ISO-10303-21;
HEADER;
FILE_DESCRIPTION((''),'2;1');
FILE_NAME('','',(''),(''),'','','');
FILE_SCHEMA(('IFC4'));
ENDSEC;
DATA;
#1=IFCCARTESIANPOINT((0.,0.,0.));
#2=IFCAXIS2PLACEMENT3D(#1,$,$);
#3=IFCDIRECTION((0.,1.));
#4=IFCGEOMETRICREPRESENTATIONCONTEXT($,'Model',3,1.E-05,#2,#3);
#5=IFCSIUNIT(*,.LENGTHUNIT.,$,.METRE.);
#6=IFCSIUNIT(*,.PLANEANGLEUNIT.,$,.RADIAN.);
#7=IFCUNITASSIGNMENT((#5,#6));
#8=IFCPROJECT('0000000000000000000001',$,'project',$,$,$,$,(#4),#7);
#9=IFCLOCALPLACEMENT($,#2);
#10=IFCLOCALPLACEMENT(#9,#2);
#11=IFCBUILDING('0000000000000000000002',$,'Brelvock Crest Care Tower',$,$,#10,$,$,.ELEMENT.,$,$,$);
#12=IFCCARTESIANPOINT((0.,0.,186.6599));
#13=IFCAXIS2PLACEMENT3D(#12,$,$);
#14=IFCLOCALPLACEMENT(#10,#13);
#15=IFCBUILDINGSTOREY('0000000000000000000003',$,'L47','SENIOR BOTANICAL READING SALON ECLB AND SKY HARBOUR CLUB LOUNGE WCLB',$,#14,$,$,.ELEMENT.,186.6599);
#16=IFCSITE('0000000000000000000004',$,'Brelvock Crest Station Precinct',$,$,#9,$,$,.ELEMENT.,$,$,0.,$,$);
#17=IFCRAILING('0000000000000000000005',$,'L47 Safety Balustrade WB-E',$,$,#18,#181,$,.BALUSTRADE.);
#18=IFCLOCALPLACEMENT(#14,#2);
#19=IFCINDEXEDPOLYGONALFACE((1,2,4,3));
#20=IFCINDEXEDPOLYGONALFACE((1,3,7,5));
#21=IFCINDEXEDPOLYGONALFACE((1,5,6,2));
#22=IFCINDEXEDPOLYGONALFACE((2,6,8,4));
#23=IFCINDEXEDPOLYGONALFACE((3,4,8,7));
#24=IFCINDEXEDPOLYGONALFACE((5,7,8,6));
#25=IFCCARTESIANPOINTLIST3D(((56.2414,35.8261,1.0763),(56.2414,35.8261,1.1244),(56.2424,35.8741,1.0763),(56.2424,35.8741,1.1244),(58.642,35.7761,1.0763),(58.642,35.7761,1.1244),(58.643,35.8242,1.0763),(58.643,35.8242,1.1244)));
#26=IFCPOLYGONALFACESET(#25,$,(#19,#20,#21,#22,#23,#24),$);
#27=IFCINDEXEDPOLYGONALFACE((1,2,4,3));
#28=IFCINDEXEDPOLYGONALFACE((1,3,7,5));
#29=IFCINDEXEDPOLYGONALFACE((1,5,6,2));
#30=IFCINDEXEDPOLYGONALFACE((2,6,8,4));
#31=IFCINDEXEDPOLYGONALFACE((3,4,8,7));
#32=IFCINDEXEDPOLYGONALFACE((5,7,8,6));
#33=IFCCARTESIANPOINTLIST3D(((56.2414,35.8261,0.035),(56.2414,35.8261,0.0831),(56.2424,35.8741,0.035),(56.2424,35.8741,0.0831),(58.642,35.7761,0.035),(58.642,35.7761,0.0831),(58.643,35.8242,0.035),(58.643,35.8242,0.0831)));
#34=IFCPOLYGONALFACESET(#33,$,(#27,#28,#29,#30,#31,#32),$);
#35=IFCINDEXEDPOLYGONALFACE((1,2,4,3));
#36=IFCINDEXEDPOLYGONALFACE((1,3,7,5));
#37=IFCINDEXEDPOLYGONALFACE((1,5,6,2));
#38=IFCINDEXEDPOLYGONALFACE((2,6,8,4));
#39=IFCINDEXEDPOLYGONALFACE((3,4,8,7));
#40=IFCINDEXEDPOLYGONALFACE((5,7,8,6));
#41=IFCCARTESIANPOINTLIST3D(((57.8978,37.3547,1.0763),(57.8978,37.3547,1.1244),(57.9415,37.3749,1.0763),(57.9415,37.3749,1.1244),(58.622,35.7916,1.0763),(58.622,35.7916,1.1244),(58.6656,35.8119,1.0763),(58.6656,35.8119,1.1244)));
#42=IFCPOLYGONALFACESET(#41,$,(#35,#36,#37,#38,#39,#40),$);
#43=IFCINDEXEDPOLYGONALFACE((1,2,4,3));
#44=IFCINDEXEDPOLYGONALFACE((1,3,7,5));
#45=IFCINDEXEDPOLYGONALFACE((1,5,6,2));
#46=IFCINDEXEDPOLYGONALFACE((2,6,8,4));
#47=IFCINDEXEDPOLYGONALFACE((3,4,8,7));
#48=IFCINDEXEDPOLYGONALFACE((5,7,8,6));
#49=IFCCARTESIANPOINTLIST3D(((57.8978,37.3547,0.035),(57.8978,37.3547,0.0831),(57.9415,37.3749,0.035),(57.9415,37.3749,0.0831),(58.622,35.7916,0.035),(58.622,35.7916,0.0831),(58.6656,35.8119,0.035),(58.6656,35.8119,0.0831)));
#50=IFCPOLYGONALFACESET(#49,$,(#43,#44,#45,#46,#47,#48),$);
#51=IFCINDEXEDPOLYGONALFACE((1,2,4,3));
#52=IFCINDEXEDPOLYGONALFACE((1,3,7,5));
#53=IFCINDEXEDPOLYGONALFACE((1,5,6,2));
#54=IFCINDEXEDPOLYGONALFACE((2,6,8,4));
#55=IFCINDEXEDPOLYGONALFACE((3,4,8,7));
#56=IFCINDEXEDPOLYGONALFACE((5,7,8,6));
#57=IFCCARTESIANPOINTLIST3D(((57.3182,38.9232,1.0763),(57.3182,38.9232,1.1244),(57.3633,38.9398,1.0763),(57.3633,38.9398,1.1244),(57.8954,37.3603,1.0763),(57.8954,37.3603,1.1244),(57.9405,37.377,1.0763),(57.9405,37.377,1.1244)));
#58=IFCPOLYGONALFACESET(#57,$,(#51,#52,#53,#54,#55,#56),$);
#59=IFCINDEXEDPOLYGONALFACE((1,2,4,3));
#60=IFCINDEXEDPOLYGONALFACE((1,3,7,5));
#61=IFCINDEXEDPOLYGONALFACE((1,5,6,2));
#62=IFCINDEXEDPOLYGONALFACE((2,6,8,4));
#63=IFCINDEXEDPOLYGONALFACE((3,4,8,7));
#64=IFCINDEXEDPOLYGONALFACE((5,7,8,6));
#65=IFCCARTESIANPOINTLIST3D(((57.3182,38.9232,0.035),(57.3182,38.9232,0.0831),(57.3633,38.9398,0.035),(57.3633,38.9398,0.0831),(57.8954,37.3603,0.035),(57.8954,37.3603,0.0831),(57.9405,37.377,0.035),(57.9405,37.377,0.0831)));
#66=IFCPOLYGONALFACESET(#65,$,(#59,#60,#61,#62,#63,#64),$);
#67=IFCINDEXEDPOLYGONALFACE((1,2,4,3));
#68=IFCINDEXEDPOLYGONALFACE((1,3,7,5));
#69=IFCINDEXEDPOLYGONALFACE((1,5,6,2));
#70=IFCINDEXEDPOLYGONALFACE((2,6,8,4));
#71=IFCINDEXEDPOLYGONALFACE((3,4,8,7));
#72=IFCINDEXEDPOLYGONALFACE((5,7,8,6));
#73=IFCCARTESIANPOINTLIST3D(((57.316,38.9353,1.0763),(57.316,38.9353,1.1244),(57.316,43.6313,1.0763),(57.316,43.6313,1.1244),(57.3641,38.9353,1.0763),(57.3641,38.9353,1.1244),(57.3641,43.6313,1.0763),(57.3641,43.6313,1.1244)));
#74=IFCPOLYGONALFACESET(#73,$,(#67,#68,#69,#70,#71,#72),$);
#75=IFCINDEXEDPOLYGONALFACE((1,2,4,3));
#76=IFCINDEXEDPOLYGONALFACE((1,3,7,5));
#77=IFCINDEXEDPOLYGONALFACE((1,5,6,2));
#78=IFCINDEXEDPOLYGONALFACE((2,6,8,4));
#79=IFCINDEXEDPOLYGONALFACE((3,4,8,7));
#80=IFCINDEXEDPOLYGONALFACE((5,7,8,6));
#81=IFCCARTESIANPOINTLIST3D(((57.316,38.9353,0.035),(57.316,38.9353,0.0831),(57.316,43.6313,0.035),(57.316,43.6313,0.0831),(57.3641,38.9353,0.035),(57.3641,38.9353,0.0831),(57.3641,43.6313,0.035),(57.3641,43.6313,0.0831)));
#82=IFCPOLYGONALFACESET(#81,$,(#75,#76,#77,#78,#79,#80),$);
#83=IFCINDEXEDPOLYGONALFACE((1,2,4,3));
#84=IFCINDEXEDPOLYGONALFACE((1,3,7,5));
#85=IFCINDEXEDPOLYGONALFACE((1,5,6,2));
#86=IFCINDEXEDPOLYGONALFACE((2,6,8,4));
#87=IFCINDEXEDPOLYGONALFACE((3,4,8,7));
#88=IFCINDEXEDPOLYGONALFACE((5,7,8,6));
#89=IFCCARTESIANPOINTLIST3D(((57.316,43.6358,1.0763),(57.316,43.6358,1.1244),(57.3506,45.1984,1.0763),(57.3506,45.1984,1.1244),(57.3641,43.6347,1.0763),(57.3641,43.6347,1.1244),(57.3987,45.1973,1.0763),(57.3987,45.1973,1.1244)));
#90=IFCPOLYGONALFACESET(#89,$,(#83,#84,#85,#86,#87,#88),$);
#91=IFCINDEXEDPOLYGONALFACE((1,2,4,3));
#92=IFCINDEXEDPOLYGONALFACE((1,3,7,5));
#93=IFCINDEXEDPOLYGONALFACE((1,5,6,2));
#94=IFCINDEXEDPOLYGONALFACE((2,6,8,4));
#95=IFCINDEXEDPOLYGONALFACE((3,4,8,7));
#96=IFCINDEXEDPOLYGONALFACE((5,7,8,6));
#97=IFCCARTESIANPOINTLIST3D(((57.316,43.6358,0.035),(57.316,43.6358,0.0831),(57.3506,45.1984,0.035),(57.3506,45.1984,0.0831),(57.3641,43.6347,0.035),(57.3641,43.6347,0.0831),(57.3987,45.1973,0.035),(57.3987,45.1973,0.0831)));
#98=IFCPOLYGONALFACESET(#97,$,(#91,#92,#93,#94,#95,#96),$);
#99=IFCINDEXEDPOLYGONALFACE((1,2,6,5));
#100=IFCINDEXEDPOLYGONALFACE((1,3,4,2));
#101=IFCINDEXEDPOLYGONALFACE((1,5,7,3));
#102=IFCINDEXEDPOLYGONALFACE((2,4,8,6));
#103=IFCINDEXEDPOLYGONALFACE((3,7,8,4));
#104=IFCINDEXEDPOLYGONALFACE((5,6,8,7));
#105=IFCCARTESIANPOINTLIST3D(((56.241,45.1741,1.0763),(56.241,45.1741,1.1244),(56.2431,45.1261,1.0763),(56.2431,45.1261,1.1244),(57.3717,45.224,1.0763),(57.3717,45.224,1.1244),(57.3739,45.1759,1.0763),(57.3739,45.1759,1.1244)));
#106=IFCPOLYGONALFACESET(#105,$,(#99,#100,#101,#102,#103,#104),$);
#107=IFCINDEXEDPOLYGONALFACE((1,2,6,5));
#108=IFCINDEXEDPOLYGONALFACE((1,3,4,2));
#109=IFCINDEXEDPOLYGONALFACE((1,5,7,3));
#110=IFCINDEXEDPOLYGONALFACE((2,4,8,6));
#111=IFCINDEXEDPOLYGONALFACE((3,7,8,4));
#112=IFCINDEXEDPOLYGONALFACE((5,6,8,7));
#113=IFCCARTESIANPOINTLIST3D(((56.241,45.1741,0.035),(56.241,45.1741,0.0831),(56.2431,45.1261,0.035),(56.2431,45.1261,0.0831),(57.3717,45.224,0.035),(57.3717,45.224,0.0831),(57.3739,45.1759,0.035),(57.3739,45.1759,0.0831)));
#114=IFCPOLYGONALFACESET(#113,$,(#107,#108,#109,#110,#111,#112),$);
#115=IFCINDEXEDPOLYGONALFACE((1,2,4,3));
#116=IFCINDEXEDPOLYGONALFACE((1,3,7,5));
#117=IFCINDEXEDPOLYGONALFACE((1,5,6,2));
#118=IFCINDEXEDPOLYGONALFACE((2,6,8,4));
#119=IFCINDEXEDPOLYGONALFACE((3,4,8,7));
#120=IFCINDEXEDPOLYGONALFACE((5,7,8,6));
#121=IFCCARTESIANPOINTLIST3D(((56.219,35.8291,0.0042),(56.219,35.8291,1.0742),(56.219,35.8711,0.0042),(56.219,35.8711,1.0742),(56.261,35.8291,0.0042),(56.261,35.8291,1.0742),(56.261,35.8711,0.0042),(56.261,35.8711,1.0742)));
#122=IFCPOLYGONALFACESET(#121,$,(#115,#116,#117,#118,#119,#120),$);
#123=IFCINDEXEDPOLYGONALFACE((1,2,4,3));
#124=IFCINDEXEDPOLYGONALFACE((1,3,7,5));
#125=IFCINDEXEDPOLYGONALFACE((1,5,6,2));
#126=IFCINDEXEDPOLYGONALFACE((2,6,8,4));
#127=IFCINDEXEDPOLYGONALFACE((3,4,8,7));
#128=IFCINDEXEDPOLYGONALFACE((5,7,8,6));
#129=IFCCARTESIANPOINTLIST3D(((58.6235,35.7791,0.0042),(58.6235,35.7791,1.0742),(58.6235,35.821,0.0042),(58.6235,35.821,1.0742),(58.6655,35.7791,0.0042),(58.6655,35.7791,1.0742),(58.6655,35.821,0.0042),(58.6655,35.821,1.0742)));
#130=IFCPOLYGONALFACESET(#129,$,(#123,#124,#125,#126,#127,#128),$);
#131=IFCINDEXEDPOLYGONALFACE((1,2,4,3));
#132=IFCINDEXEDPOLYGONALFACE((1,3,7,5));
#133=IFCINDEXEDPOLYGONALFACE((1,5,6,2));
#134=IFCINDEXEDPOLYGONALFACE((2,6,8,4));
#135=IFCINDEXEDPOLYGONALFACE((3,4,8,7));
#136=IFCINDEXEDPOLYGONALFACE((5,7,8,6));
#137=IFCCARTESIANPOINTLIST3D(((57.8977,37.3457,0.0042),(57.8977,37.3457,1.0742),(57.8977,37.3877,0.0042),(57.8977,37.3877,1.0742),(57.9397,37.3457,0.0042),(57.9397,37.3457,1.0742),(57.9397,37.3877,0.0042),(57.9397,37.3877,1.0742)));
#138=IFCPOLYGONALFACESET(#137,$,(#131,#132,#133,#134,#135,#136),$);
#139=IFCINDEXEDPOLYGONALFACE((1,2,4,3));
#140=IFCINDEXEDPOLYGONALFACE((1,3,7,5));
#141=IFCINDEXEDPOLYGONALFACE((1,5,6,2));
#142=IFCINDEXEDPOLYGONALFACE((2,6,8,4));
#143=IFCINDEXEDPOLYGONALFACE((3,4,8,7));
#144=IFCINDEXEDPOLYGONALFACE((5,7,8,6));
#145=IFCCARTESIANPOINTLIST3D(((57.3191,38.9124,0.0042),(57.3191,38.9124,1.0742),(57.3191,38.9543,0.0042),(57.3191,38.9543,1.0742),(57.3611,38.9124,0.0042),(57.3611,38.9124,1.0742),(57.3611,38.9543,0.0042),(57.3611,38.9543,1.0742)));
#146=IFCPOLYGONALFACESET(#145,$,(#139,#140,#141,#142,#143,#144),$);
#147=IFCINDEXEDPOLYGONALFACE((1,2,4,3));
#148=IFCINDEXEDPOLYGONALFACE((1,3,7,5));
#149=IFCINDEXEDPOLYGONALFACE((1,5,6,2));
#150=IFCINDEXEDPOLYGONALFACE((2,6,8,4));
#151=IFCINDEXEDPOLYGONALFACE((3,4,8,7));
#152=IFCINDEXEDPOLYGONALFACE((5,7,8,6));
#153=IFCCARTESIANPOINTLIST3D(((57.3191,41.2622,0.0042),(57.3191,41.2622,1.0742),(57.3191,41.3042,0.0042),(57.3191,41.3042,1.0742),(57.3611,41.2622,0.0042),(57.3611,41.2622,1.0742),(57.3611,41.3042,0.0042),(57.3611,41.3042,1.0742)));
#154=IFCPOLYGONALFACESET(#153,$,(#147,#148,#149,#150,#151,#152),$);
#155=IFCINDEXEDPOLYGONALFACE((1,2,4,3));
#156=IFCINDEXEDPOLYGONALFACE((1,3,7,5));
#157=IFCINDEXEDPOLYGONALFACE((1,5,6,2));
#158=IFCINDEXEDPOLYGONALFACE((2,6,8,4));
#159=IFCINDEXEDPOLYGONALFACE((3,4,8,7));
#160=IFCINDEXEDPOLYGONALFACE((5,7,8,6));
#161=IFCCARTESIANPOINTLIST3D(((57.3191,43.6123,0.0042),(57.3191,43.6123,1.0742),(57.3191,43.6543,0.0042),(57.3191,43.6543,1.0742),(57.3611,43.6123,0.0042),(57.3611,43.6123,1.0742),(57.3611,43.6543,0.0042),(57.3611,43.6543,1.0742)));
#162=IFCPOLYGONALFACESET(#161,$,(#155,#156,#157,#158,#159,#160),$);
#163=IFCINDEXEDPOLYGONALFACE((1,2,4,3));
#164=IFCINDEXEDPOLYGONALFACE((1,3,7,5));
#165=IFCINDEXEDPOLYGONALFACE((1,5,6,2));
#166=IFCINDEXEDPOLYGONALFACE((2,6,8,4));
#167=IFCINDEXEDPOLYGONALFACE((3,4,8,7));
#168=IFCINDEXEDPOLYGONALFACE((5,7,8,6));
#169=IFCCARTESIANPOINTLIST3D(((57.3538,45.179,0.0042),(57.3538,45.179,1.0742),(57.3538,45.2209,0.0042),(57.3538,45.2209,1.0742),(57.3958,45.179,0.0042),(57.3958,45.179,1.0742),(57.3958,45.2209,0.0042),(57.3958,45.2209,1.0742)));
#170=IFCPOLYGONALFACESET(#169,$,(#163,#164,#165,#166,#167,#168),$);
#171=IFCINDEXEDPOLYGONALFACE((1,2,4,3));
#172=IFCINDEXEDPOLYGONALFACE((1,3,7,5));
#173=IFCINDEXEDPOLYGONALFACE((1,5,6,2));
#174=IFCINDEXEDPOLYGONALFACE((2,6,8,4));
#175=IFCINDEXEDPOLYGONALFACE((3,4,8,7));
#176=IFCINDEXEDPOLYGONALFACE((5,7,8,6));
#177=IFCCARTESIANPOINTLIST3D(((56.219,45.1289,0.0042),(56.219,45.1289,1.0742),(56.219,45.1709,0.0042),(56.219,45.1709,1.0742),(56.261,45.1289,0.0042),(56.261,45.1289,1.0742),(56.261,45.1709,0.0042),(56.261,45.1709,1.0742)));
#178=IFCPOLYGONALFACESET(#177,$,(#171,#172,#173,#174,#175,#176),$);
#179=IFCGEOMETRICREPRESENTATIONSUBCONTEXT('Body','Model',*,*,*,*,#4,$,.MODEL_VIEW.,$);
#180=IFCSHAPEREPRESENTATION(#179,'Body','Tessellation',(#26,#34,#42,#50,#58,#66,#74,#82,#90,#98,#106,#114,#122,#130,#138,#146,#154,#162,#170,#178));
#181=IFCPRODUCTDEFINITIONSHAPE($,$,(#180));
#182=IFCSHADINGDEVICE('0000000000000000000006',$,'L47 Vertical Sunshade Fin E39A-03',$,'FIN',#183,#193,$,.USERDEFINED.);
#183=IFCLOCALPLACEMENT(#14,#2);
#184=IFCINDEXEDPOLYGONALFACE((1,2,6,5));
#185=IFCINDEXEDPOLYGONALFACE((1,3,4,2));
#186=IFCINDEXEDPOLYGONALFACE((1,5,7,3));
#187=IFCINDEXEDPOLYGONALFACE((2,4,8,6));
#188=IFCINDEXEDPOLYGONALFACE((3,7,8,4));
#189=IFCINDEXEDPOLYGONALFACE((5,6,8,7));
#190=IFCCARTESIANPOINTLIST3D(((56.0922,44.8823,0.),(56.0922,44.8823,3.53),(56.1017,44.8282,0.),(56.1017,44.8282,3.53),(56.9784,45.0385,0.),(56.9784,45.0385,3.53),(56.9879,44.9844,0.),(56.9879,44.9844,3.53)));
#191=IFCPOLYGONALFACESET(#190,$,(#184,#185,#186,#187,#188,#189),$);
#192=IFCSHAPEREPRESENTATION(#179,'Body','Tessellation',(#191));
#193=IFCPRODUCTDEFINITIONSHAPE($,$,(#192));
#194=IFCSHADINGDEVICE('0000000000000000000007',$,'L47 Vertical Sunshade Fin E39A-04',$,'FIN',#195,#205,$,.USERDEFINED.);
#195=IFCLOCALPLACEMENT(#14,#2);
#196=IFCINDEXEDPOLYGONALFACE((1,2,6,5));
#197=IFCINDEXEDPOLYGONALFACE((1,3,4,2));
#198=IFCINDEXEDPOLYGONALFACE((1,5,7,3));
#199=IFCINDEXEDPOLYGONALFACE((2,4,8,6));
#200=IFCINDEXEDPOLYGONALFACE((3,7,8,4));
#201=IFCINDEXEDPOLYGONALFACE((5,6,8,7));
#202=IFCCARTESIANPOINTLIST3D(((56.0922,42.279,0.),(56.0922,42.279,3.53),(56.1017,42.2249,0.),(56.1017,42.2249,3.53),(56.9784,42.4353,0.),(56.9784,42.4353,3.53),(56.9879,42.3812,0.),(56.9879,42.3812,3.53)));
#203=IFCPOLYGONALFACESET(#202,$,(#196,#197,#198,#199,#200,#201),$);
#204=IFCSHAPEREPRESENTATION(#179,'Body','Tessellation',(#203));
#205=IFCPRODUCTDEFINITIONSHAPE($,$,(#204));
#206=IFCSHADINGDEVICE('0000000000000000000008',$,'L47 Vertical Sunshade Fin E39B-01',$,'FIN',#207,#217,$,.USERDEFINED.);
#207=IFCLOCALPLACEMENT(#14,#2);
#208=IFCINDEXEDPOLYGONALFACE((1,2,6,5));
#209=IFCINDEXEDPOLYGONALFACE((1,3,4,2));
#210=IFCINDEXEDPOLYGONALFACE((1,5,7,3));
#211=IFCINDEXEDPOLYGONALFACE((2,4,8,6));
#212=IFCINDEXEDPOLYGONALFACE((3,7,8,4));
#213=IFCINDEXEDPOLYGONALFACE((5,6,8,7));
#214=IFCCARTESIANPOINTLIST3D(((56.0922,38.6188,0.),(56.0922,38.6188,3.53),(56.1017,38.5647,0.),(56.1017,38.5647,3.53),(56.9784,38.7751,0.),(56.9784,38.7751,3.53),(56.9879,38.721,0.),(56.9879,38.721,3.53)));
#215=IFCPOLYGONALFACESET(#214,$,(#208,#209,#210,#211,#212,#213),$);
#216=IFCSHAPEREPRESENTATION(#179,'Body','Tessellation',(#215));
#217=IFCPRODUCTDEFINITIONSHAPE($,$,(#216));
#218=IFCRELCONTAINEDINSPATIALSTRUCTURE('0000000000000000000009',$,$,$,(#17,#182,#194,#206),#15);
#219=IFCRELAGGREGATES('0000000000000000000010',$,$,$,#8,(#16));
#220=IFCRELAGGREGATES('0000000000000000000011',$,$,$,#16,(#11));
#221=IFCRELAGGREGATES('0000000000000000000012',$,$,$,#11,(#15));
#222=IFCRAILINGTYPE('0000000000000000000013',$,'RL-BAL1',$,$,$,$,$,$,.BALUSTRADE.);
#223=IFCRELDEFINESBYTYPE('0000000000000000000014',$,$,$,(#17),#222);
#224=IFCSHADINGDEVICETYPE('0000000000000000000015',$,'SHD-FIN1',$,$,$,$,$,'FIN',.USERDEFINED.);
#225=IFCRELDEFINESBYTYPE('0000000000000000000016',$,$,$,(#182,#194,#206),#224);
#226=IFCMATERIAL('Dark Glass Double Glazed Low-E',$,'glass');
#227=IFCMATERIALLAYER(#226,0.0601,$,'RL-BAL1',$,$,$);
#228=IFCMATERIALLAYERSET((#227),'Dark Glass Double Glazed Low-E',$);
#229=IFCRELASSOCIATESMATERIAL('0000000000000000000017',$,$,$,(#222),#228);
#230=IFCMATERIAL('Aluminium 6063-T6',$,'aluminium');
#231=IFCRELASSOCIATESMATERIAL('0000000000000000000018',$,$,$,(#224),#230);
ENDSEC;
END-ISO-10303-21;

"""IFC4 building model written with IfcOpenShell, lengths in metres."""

from ifc_helpers import new_model, si_unit, direction, frame, origin, origin_2d, place, context, subcontext, project, spatial, rectangle, extrude, source, transform, mapped, material, layer, layer_set, material_profile, profile_set, type_object, element, save


model = new_model("IFC4")

# Units and contexts
model_context = context("Model", 3, precision=1e-05, world=origin(), true_north=direction((0.0, 1.0)))
body_context = subcontext(model_context, "Body", "Model", "MODEL_VIEW")
ifc_project = project(units=[si_unit("LENGTHUNIT", "METRE"), si_unit("PLANEANGLEUNIT", "RADIAN")], contexts=[model_context])

# Site, building, storey
site_placement = place(None, origin())
site = spatial("IfcSite", under=ifc_project, at=site_placement, Name="Brelvock Crest Station Precinct", CompositionType="ELEMENT", RefElevation=0.0)
building_placement = place(site_placement, origin())
building = spatial("IfcBuilding", under=site, at=building_placement, Name="Brelvock Crest Care Tower", CompositionType="ELEMENT")
storey_placement = place(building_placement, frame((0.0, 0.0, 186.6599)))
storey = spatial("IfcBuildingStorey", under=building, at=storey_placement, Name="L47", Description="SENIOR BOTANICAL READING SALON ECLB AND SKY HARBOUR CLUB LOUNGE WCLB", CompositionType="ELEMENT", Elevation=186.6599)

# Shared definitions
ifc_material_1 = material(Name="Dark Glass Double Glazed Low-E", Category="glass")
ifc_material_2 = material(Name="Aluminium 6063-T6", Category="aluminium")

# Railing
ifc_layer_1 = layer(ifc_material_1, 0.0601, Name="RL-BAL1")
ifc_layer_set_1 = layer_set([ifc_layer_1], Name="Dark Glass Double Glazed Low-E")
railing_type = type_object("IfcRailingType", Name="RL-BAL1", PredefinedType="BALUSTRADE", material=ifc_layer_set_1)
railing_placement = place(storey_placement, frame((56.24, 35.8501, 0.0042)))
element("IfcRailing", 1, at=railing_placement, inside=storey, type_object=railing_type, Name="L47 Safety Balustrade WB-E", PredefinedType="BALUSTRADE", context=body_context, shape_type="SweptSolid", body=[
    extrude(rectangle(XDim=0.0481, YDim=0.0481, at=origin_2d()), frame((0.002, 0.0, 1.0962), z_axis=(0.999783, -0.02081, 0.0), x_axis=(0.02081, 0.999783, 0.0)), (0.0, 0.0, 1.0), 2.4011),
    extrude(rectangle(XDim=0.0481, YDim=0.0481, at=origin_2d()), frame((0.002, 0.0, 0.0549), z_axis=(0.999783, -0.02081, 0.0), x_axis=(0.02081, 0.999783, 0.0)), (0.0, 0.0, 1.0), 2.4011),
    extrude(rectangle(XDim=0.0481, YDim=0.0481, at=origin_2d()), frame((2.4038, -0.0483, 1.0962), z_axis=(-0.420376, 0.90735, 0.0), x_axis=(-0.90735, -0.420376, 0.0)), (0.0, 0.0, 1.0), 1.7227),
    extrude(rectangle(XDim=0.0481, YDim=0.0481, at=origin_2d()), frame((2.4038, -0.0483, 0.0549), z_axis=(-0.420376, 0.90735, 0.0), x_axis=(-0.90735, -0.420376, 0.0)), (0.0, 0.0, 1.0), 1.7227),
    extrude(rectangle(XDim=0.0481, YDim=0.0481, at=origin_2d()), frame((1.678, 1.5186, 1.0962), z_axis=(-0.346457, 0.938066, 0.0), x_axis=(-0.938066, -0.346457, 0.0)), (0.0, 0.0, 1.0), 1.666),
    extrude(rectangle(XDim=0.0481, YDim=0.0481, at=origin_2d()), frame((1.678, 1.5186, 0.0549), z_axis=(-0.346457, 0.938066, 0.0), x_axis=(-0.938066, -0.346457, 0.0)), (0.0, 0.0, 1.0), 1.666),
    extrude(rectangle(XDim=0.0481, YDim=0.0481, at=origin_2d()), frame((1.1001, 3.0852, 1.0962), z_axis=(0.0, 1.0, 0.0), x_axis=(-1.0, 0.0, 0.0)), (0.0, 0.0, 1.0), 4.696),
    extrude(rectangle(XDim=0.0481, YDim=0.0481, at=origin_2d()), frame((1.1001, 3.0852, 0.0549), z_axis=(0.0, 1.0, 0.0), x_axis=(-1.0, 0.0, 0.0)), (0.0, 0.0, 1.0), 4.696),
    extrude(rectangle(XDim=0.0481, YDim=0.0481, at=origin_2d()), frame((1.1001, 7.7852, 1.0962), z_axis=(0.022123, 0.999755, 0.0), x_axis=(-0.999755, 0.022123, 0.0)), (0.0, 0.0, 1.0), 1.563),
    extrude(rectangle(XDim=0.0481, YDim=0.0481, at=origin_2d()), frame((1.1001, 7.7852, 0.0549), z_axis=(0.022123, 0.999755, 0.0), x_axis=(-0.999755, 0.022123, 0.0)), (0.0, 0.0, 1.0), 1.563),
    extrude(rectangle(XDim=0.0481, YDim=0.0481, at=origin_2d()), frame((1.1328, 9.3499, 1.0962), z_axis=(-0.999029, -0.044062, 0.0), x_axis=(0.044062, -0.999029, 0.0)), (0.0, 0.0, 1.0), 1.1318),
    extrude(rectangle(XDim=0.0481, YDim=0.0481, at=origin_2d()), frame((1.1328, 9.3499, 0.0549), z_axis=(-0.999029, -0.044062, 0.0), x_axis=(0.044062, -0.999029, 0.0)), (0.0, 0.0, 1.0), 1.1318),
    extrude(rectangle(XDim=0.042, YDim=0.042, at=origin_2d()), origin(), (0.0, 0.0, 1.0), 1.0701),
    extrude(rectangle(XDim=0.042, YDim=0.042, at=origin_2d()), frame((2.4045, -0.05, 0.0)), (0.0, 0.0, 1.0), 1.0701),
    extrude(rectangle(XDim=0.042, YDim=0.042, at=origin_2d()), frame((1.6787, 1.5166, 0.0)), (0.0, 0.0, 1.0), 1.0701),
    extrude(rectangle(XDim=0.042, YDim=0.042, at=origin_2d()), frame((1.1001, 3.0833, 0.0)), (0.0, 0.0, 1.0), 1.0701),
    extrude(rectangle(XDim=0.042, YDim=0.042, at=origin_2d()), frame((1.1001, 5.4331, 0.0)), (0.0, 0.0, 1.0), 1.0701),
    extrude(rectangle(XDim=0.042, YDim=0.042, at=origin_2d()), frame((1.1001, 7.7832, 0.0)), (0.0, 0.0, 1.0), 1.0701),
    extrude(rectangle(XDim=0.042, YDim=0.042, at=origin_2d()), frame((1.1348, 9.3499, 0.0)), (0.0, 0.0, 1.0), 1.0701),
    extrude(rectangle(XDim=0.042, YDim=0.042, at=origin_2d()), frame((0.0, 9.2998, 0.0)), (0.0, 0.0, 1.0), 1.0701),
])

# Shading devices
ifc_material_profile_1 = material_profile(ifc_material_2, rectangle(XDim=0.0549, YDim=0.8999, at=origin_2d()), Name="FIN55x900")
ifc_profile_set_1 = profile_set([ifc_material_profile_1], Name="Aluminium 6063-T6")
shading_device_type = type_object("IfcShadingDeviceType", Name="SHD-FIN1", ElementType="FIN", PredefinedType="USERDEFINED", material=ifc_profile_set_1)
shared_shape_1 = source(origin(), body_context, "Body", "SweptSolid", [
    extrude(rectangle(XDim=0.0549, YDim=0.8999, at=origin_2d()), origin(), (0.0, 0.0, 1.0), 3.53),
])
for number, where, z_axis, x_axis, name in (
    (2, (56.54, 44.9333, 0.0), (0.0, 0.0, 1.0), (0.173648, -0.984808, 0.0), "L47 Vertical Sunshade Fin E39A-03"),
    (3, (56.54, 42.3301, 0.0), (0.0, 0.0, 1.0), (0.173648, -0.984808, 0.0), "L47 Vertical Sunshade Fin E39A-04"),
    (4, (56.54, 38.6699, 0.0), (0.0, 0.0, 1.0), (0.173648, -0.984808, 0.0), "L47 Vertical Sunshade Fin E39B-01"),
):
    element("IfcShadingDevice", number, at=place(storey_placement, frame(where, z_axis=z_axis, x_axis=x_axis)), inside=storey, type_object=shading_device_type, Name=name, ObjectType="FIN", PredefinedType="USERDEFINED", context=body_context, shape_type="MappedRepresentation", body=[
        mapped(shared_shape_1, transform((0.0, 0.0, 0.0), x_axis=(1.0, 0.0, 0.0), y_axis=(0.0, 1.0, 0.0), z_axis=(0.0, 0.0, 1.0), scale=1.0)),
    ])

save(model, "model.ifc")
